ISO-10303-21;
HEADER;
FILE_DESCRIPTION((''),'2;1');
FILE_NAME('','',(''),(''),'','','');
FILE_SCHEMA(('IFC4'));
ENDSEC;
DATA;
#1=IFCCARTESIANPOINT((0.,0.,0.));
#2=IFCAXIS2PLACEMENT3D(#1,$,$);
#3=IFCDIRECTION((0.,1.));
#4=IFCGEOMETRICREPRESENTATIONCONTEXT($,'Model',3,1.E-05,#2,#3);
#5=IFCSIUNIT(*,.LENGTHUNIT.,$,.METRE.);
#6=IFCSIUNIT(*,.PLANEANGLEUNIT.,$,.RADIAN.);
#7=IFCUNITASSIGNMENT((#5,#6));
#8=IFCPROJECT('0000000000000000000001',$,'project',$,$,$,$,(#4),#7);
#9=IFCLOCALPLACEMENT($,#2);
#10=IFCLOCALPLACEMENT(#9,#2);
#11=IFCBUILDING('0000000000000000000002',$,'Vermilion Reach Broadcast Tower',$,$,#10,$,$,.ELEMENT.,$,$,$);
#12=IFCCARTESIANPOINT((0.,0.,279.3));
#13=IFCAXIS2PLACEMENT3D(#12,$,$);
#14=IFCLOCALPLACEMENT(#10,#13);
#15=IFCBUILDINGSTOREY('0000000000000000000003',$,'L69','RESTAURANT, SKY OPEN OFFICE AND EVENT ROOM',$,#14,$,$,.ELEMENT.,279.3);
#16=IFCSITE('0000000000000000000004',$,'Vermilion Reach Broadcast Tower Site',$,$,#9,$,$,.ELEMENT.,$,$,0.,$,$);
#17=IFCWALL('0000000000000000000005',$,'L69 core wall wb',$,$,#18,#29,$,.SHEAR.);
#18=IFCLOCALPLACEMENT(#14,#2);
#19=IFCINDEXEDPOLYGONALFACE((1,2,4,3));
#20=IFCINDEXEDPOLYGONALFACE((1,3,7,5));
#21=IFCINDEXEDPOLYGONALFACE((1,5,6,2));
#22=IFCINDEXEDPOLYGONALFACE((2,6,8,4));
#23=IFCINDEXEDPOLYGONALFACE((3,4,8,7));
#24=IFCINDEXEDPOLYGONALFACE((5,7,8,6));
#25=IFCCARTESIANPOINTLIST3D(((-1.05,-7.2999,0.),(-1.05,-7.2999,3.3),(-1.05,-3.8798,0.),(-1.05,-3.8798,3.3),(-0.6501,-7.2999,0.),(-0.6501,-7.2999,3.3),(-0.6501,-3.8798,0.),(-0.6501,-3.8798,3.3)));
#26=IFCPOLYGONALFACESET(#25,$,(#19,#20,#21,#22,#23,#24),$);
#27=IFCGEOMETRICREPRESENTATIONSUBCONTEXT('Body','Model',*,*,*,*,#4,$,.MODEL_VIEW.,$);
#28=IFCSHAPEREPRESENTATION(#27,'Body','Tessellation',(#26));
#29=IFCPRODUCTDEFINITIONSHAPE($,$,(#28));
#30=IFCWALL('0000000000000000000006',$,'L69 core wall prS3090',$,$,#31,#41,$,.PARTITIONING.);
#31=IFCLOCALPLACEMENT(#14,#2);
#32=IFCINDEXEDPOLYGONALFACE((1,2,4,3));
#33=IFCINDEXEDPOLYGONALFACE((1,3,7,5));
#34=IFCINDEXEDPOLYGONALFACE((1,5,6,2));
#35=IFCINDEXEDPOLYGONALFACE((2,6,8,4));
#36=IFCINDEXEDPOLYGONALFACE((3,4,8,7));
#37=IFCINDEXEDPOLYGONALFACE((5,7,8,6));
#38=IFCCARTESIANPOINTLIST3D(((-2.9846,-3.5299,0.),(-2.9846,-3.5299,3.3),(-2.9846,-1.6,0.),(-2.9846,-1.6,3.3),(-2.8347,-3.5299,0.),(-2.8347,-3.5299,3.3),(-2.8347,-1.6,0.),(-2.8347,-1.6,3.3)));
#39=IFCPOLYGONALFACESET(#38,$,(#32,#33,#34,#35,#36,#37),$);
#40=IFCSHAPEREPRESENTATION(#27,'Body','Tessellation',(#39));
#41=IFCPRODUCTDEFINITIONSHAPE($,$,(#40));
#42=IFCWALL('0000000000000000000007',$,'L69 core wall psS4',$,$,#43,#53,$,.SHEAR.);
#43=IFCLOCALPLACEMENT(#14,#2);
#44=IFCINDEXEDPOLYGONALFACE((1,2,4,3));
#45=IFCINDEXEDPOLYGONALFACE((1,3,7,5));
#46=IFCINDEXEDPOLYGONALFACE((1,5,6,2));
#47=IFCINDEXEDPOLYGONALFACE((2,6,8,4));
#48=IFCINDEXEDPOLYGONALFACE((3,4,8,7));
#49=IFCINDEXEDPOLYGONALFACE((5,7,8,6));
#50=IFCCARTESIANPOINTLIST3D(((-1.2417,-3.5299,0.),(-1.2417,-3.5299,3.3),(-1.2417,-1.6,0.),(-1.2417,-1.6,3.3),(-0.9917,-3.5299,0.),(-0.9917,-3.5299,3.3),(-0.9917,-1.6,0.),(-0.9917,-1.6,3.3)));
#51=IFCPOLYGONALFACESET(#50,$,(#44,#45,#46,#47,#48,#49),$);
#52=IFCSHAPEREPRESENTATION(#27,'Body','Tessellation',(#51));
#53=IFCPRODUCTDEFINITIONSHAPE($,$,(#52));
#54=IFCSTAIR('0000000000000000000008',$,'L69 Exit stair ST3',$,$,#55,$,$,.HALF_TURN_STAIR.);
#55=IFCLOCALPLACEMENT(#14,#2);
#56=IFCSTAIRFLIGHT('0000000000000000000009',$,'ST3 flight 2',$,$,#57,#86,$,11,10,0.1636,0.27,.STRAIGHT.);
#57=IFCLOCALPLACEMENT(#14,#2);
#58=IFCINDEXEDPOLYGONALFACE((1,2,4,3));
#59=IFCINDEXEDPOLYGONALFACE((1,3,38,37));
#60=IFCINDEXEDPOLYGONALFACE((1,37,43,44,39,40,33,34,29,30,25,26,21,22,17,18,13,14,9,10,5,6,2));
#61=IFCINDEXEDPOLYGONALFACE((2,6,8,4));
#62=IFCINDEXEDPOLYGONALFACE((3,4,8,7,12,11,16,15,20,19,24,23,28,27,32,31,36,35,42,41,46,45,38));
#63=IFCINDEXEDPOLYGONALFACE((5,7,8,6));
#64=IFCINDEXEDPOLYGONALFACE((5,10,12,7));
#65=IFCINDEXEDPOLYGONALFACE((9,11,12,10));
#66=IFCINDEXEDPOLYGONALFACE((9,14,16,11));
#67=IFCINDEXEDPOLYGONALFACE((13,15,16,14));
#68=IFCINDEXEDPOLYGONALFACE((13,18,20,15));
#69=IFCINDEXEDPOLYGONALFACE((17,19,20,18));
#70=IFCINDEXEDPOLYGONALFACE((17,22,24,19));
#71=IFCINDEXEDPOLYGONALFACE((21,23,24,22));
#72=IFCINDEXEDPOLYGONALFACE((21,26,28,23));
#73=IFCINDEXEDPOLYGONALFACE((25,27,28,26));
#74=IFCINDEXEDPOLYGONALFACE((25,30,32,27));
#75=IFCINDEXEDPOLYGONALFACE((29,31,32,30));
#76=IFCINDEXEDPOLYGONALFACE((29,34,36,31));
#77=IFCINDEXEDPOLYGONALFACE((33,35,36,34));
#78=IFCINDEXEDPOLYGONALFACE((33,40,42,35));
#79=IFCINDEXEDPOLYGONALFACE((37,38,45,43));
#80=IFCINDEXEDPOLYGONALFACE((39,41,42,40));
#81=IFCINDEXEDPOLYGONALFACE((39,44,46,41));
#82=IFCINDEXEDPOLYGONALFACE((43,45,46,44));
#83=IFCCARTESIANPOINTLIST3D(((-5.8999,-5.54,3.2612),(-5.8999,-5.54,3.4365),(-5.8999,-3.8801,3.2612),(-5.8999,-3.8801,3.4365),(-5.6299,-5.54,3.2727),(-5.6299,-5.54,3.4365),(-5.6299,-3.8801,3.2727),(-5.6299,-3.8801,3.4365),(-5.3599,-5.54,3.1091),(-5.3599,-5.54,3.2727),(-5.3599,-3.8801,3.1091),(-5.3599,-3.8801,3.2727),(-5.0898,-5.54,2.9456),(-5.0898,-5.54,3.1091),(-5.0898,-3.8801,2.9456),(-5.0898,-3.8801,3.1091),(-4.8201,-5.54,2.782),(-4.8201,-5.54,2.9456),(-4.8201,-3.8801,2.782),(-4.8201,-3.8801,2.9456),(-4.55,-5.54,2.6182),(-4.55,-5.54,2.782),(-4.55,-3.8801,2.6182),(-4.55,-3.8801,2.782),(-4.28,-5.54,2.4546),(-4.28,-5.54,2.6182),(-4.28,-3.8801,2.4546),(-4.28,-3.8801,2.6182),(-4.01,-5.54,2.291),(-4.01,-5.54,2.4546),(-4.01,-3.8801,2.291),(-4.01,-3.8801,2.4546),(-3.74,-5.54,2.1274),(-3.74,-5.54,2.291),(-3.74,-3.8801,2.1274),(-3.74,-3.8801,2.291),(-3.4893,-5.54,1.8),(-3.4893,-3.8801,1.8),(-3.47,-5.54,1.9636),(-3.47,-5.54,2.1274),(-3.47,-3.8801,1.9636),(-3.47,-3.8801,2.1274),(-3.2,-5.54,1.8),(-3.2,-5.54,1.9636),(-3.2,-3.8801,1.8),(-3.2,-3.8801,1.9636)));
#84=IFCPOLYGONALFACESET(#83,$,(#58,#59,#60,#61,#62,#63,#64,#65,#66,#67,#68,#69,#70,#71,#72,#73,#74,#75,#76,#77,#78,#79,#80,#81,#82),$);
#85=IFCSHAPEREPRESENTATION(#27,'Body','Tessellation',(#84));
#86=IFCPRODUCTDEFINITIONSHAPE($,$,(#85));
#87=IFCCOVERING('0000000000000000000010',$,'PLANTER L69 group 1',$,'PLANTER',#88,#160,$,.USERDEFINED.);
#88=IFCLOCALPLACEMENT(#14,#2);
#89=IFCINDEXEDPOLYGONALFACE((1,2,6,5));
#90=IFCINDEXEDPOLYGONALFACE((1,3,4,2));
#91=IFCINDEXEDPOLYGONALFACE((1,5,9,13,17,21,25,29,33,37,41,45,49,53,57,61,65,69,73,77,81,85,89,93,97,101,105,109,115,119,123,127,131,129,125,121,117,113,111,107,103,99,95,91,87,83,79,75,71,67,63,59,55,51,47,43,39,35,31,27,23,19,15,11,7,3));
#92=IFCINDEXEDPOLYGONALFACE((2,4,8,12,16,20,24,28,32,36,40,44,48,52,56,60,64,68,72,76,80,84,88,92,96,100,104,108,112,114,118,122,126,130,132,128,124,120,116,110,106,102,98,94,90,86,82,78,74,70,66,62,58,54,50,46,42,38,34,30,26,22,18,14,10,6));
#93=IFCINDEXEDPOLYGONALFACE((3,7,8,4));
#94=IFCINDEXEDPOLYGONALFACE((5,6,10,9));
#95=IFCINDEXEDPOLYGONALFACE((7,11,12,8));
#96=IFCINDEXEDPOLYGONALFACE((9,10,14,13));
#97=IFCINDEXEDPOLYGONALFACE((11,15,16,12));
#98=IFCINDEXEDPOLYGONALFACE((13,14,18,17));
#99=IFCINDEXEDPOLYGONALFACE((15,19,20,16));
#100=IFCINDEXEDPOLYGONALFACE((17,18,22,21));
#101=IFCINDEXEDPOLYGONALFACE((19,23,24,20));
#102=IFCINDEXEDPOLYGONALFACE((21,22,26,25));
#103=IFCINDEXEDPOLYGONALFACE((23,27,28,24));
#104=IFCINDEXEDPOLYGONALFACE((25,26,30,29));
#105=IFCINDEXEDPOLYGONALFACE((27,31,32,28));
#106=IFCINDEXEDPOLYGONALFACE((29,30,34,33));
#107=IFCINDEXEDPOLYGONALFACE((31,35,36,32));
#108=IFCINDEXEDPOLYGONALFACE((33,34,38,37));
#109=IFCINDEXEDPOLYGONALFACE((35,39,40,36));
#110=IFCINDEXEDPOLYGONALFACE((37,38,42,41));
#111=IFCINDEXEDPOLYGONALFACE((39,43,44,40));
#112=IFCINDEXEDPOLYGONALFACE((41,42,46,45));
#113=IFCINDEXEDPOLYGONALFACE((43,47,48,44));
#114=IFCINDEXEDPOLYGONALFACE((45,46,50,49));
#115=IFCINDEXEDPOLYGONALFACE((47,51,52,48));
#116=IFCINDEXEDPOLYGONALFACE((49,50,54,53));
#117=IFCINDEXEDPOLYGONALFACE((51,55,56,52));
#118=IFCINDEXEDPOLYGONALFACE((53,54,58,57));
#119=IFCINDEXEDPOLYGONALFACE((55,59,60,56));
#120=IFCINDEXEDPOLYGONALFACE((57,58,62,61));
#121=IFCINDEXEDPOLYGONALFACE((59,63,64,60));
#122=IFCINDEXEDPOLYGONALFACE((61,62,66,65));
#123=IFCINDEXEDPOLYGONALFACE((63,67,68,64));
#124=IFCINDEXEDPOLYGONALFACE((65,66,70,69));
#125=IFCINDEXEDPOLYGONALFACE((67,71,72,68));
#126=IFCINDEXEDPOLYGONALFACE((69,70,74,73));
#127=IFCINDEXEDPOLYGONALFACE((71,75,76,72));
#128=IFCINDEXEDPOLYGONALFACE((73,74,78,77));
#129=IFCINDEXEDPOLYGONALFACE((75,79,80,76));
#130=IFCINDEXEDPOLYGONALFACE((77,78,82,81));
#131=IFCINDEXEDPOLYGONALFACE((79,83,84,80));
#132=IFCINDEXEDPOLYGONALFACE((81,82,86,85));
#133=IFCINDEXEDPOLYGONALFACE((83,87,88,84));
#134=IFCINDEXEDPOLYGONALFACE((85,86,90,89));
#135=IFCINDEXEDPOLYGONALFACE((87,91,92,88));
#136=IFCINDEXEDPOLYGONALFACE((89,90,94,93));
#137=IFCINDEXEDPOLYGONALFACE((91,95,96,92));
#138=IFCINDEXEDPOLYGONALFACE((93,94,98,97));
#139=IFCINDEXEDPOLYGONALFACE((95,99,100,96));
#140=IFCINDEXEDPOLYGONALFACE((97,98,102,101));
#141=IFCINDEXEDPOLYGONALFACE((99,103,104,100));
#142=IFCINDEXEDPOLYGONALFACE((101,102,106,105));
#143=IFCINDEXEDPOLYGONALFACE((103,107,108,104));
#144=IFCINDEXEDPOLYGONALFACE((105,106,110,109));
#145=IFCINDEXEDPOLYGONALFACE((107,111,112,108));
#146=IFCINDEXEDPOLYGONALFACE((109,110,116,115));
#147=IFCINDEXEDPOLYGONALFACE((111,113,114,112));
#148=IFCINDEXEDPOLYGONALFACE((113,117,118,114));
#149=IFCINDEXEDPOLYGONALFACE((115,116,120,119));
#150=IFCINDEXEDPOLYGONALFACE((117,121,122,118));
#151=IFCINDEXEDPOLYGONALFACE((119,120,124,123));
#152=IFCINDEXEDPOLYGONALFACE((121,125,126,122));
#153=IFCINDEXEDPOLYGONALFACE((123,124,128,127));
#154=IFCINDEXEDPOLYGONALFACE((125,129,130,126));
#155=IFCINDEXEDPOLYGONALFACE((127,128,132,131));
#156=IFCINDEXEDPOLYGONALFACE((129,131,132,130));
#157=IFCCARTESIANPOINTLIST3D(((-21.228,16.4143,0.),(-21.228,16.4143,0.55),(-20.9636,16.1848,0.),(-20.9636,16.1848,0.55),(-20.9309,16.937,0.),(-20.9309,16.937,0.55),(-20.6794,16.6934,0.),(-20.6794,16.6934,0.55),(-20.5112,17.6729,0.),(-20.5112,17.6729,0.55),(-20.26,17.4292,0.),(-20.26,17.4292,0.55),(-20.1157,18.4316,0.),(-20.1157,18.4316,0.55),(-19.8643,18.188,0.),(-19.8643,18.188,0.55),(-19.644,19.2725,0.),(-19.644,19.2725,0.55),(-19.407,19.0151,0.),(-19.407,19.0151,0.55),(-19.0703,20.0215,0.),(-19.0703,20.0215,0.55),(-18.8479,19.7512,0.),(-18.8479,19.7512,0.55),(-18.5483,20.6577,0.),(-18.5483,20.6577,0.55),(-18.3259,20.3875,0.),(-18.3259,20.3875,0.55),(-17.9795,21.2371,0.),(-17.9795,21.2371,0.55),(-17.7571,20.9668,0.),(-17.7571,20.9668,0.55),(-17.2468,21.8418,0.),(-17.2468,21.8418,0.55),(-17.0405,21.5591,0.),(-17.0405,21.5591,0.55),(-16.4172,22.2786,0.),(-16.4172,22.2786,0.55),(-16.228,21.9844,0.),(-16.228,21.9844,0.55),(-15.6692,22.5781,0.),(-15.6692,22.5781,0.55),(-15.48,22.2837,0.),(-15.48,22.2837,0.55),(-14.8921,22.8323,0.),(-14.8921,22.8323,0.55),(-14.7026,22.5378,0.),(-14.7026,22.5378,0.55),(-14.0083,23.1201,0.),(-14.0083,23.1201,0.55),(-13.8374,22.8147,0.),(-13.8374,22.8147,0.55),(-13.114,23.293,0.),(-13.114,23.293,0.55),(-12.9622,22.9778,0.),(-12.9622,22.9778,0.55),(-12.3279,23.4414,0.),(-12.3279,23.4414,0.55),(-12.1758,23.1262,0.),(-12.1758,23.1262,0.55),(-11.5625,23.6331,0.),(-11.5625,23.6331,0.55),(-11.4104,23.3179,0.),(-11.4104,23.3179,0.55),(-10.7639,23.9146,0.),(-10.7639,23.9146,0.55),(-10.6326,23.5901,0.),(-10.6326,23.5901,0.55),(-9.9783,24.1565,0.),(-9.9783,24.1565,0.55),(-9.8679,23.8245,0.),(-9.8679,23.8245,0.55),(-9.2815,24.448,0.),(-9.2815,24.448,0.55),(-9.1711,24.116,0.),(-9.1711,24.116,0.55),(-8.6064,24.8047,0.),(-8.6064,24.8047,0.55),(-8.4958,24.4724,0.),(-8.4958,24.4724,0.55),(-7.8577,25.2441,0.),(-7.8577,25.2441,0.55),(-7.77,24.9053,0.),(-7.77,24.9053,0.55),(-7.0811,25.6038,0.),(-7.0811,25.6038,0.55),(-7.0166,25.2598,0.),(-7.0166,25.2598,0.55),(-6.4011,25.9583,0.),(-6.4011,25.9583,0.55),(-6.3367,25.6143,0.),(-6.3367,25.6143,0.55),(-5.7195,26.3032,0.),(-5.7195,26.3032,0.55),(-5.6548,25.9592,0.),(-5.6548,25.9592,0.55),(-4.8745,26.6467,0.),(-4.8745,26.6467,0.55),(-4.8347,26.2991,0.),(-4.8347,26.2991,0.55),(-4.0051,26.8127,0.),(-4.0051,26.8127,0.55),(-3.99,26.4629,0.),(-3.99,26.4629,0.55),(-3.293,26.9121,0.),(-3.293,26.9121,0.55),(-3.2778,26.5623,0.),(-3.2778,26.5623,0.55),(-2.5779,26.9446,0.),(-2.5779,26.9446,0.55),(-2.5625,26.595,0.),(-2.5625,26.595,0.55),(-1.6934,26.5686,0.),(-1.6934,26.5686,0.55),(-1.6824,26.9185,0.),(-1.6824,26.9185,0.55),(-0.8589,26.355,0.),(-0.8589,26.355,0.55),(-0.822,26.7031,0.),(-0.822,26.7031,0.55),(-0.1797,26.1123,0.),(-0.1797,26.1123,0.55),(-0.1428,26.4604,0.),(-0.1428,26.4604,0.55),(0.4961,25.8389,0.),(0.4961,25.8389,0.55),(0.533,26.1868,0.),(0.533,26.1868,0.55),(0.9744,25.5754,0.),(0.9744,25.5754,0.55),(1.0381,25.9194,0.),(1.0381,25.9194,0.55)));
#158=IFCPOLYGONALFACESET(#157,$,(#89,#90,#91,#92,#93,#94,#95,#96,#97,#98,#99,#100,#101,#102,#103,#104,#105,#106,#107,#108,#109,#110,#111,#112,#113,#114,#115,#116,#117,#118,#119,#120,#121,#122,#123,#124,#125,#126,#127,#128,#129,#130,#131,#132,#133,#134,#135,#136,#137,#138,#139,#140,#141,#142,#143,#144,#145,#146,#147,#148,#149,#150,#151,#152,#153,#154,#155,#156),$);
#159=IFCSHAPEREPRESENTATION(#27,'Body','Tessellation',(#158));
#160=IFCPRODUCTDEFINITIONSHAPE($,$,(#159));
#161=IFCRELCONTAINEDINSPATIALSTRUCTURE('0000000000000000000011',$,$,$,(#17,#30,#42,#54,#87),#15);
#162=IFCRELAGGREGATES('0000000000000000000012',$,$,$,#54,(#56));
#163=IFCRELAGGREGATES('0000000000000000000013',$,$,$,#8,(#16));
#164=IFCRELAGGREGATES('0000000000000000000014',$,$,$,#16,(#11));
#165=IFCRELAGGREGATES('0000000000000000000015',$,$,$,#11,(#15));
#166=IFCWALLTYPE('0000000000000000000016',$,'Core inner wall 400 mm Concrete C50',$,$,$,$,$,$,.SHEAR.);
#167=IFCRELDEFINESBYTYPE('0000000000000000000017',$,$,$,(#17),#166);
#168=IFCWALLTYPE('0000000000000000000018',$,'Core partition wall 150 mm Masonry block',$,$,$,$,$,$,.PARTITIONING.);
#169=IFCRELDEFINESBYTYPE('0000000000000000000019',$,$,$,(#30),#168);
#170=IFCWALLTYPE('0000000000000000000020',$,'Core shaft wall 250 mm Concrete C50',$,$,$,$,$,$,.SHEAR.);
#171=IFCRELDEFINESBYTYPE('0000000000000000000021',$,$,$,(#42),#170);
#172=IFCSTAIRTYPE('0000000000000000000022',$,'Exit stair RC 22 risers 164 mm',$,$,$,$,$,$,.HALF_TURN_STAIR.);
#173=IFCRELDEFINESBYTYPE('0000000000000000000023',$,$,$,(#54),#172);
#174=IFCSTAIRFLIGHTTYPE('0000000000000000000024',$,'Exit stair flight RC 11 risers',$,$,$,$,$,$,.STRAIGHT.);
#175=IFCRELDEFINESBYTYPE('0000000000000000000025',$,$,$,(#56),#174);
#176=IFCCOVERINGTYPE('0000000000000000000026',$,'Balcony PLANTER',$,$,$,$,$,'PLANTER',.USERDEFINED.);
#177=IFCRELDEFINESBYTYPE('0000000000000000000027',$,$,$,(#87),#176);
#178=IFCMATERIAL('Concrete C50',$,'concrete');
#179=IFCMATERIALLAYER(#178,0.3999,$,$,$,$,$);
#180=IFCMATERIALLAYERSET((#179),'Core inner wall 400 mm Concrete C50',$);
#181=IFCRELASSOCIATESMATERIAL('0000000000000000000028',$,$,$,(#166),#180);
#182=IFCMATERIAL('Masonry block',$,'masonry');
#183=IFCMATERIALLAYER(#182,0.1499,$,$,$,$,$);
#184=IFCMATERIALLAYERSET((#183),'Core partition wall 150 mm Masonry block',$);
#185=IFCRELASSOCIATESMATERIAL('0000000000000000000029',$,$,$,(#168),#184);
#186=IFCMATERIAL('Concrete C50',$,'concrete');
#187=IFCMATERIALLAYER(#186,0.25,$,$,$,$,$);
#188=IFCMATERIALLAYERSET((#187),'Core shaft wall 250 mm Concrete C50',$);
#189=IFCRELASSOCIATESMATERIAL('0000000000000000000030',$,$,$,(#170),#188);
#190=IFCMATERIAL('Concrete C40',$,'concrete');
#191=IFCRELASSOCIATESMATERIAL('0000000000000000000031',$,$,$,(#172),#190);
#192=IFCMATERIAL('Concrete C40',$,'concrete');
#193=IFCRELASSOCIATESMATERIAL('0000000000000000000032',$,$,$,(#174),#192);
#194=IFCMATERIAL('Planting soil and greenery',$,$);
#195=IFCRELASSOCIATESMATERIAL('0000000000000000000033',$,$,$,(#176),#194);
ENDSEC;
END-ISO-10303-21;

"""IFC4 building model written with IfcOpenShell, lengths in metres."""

from ifc_helpers import new_model, si_unit, direction, frame, frame_2d, origin, place, context, subcontext, project, spatial, polyline, rectangle, outline, extrude, material, layer, layer_set, type_object, element, aggregate, save


model = new_model("IFC4")

# Units and contexts
model_context = context("Model", 3, precision=1e-05, world=origin(), true_north=direction((0.0, 1.0)))
body_context = subcontext(model_context, "Body", "Model", "MODEL_VIEW")
ifc_project = project(units=[si_unit("LENGTHUNIT", "METRE"), si_unit("PLANEANGLEUNIT", "RADIAN")], contexts=[model_context])

# Site, building, storey
site_placement = place(None, origin())
site = spatial("IfcSite", under=ifc_project, at=site_placement, Name="Vermilion Reach Broadcast Tower Site", CompositionType="ELEMENT", RefElevation=0.0)
building_placement = place(site_placement, origin())
building = spatial("IfcBuilding", under=site, at=building_placement, Name="Vermilion Reach Broadcast Tower", CompositionType="ELEMENT")
storey_placement = place(building_placement, frame((0.0, 0.0, 279.3)))
storey = spatial("IfcBuildingStorey", under=building, at=storey_placement, Name="L69", Description="RESTAURANT, SKY OPEN OFFICE AND EVENT ROOM", CompositionType="ELEMENT", Elevation=279.3)

# Walls
ifc_material_1 = material(Name="Concrete C50", Category="concrete")
ifc_layer_1 = layer(ifc_material_1, 0.3999)
ifc_layer_set_1 = layer_set([ifc_layer_1], Name="Core inner wall 400 mm Concrete C50")
wall_type_1 = type_object("IfcWallType", Name="Core inner wall 400 mm Concrete C50", PredefinedType="SHEAR", material=ifc_layer_set_1)
wall_1_placement = place(storey_placement, frame((-0.8501, -3.8799, 0.0), z_axis=(0.0, 0.0, 1.0), x_axis=(0.0, -1.0, 0.0)))
element("IfcWall", 1, at=wall_1_placement, inside=storey, type_object=wall_type_1, Name="L69 core wall wb", PredefinedType="SHEAR", context=body_context, shape_type="SweptSolid", body=[
    extrude(rectangle(XDim=3.4202, YDim=0.3999, at=frame_2d((1.71, 0.0))), origin(), (0.0, 0.0, 1.0), 3.3),
])
ifc_material_2 = material(Name="Masonry block", Category="masonry")
ifc_layer_2 = layer(ifc_material_2, 0.1499)
ifc_layer_set_2 = layer_set([ifc_layer_2], Name="Core partition wall 150 mm Masonry block")
wall_type_2 = type_object("IfcWallType", Name="Core partition wall 150 mm Masonry block", PredefinedType="PARTITIONING", material=ifc_layer_set_2)
wall_2_placement = place(storey_placement, frame((-2.9097, -1.6001, 0.0), z_axis=(0.0, 0.0, 1.0), x_axis=(0.0, -1.0, 0.0)))
element("IfcWall", 2, at=wall_2_placement, inside=storey, type_object=wall_type_2, Name="L69 core wall prS3090", PredefinedType="PARTITIONING", context=body_context, shape_type="SweptSolid", body=[
    extrude(rectangle(XDim=1.9299, YDim=0.1499, at=frame_2d((0.9648, 0.0))), origin(), (0.0, 0.0, 1.0), 3.3),
])
ifc_material_3 = material(Name="Concrete C50", Category="concrete")
ifc_layer_3 = layer(ifc_material_3, 0.25)
ifc_layer_set_3 = layer_set([ifc_layer_3], Name="Core shaft wall 250 mm Concrete C50")
wall_type_3 = type_object("IfcWallType", Name="Core shaft wall 250 mm Concrete C50", PredefinedType="SHEAR", material=ifc_layer_set_3)
wall_3_placement = place(storey_placement, frame((-1.1167, -1.6001, 0.0), z_axis=(0.0, 0.0, 1.0), x_axis=(0.0, -1.0, 0.0)))
element("IfcWall", 3, at=wall_3_placement, inside=storey, type_object=wall_type_3, Name="L69 core wall psS4", PredefinedType="SHEAR", context=body_context, shape_type="SweptSolid", body=[
    extrude(rectangle(XDim=1.9299, YDim=0.25, at=frame_2d((0.9648, 0.0))), origin(), (0.0, 0.0, 1.0), 3.3),
])

# Stair, stair flight
ifc_material_4 = material(Name="Concrete C40", Category="concrete")
stair_type = type_object("IfcStairType", Name="Exit stair RC 22 risers 164 mm", PredefinedType="HALF_TURN_STAIR", material=ifc_material_4)
placement_1 = place(storey_placement, origin())
stair = element("IfcStair", 4, at=placement_1, inside=storey, type_object=stair_type, Name="L69 Exit stair ST3", PredefinedType="HALF_TURN_STAIR")
ifc_material_5 = material(Name="Concrete C40", Category="concrete")
stair_flight_type = type_object("IfcStairFlightType", Name="Exit stair flight RC 11 risers", PredefinedType="STRAIGHT", material=ifc_material_5)
stair_flight_placement = place(storey_placement, frame((-3.2, -4.71, 1.8), z_axis=(0.0, 0.0, 1.0), x_axis=(-1.0, 0.0, 0.0)))
stair_flight = element("IfcStairFlight", 5, at=stair_flight_placement, type_object=stair_flight_type, Name="ST3 flight 2", NumberOfRisers=11, NumberOfTreads=10, PredefinedType="STRAIGHT", RiserHeight=0.1636, TreadLength=0.27, context=body_context, shape_type="SweptSolid", body=[
    extrude(outline(polyline([(0.0, 0.0), (0.0, 0.1636), (0.27, 0.1636), (0.27, 0.3274), (0.54, 0.3274), (0.54, 0.491), (0.8101, 0.491), (0.8101, 0.6545), (1.0801, 0.6545), (1.0801, 0.8181), (1.3501, 0.8181), (1.3501, 0.9819), (1.6201, 0.9819), (1.6201, 1.1455), (1.8899, 1.1455), (1.8899, 1.3091), (2.1599, 1.3091), (2.1599, 1.4727), (2.4299, 1.4727), (2.4299, 1.6365), (2.7, 1.6365), (2.7, 1.8), (2.7, 1.4612), (0.2893, 0.0), (0.0, 0.0)])), frame((0.0, 0.8301, 0.0), z_axis=(0.0, -1.0, 0.0), x_axis=(1.0, 0.0, 0.0)), (0.0, 0.0, 1.0), 1.6599),
])
aggregate(stair, [stair_flight])

# Covering
ifc_material_6 = material(Name="Planting soil and greenery")
covering_type = type_object("IfcCoveringType", Name="Balcony PLANTER", ElementType="PLANTER", PredefinedType="USERDEFINED", material=ifc_material_6)
element("IfcCovering", 6, at=placement_1, inside=storey, type_object=covering_type, Name="PLANTER L69 group 1", ObjectType="PLANTER", PredefinedType="USERDEFINED", context=body_context, shape_type="SweptSolid", body=[
    extrude(outline(polyline([(1.0381, 25.9194), (0.533, 26.1868), (-0.1428, 26.4604), (-0.822, 26.7031), (-1.6824, 26.9185), (-2.5779, 26.9446), (-3.293, 26.9121), (-4.0051, 26.8127), (-4.8745, 26.6467), (-5.7195, 26.3032), (-6.4011, 25.9583), (-7.0811, 25.6038), (-7.8577, 25.2441), (-8.6064, 24.8047), (-9.2815, 24.448), (-9.9783, 24.1565), (-10.7639, 23.9146), (-11.5625, 23.6331), (-12.3279, 23.4414), (-13.114, 23.293), (-14.0083, 23.1201), (-14.8921, 22.8323), (-15.6692, 22.5781), (-16.4172, 22.2786), (-17.2468, 21.8418), (-17.9795, 21.2371), (-18.5483, 20.6577), (-19.0703, 20.0215), (-19.644, 19.2725), (-20.1157, 18.4316), (-20.5112, 17.6729), (-20.9309, 16.937), (-21.228, 16.4143), (-20.9636, 16.1848), (-20.6794, 16.6934), (-20.26, 17.4292), (-19.8643, 18.188), (-19.407, 19.0151), (-18.8479, 19.7512), (-18.3259, 20.3875), (-17.7571, 20.9668), (-17.0405, 21.5591), (-16.228, 21.9844), (-15.48, 22.2837), (-14.7026, 22.5378), (-13.8374, 22.8147), (-12.9622, 22.9778), (-12.1758, 23.1262), (-11.4104, 23.3179), (-10.6326, 23.5901), (-9.8679, 23.8245), (-9.1711, 24.116), (-8.4958, 24.4724), (-7.77, 24.9053), (-7.0166, 25.2598), (-6.3367, 25.6143), (-5.6548, 25.9592), (-4.8347, 26.2991), (-3.99, 26.4629), (-3.2778, 26.5623), (-2.5625, 26.595), (-1.6934, 26.5686), (-0.8589, 26.355), (-0.1797, 26.1123), (0.4961, 25.8389), (0.9744, 25.5754), (1.0381, 25.9194)])), origin(), (0.0, 0.0, 1.0), 0.55),
])

save(model, "model.ifc")
